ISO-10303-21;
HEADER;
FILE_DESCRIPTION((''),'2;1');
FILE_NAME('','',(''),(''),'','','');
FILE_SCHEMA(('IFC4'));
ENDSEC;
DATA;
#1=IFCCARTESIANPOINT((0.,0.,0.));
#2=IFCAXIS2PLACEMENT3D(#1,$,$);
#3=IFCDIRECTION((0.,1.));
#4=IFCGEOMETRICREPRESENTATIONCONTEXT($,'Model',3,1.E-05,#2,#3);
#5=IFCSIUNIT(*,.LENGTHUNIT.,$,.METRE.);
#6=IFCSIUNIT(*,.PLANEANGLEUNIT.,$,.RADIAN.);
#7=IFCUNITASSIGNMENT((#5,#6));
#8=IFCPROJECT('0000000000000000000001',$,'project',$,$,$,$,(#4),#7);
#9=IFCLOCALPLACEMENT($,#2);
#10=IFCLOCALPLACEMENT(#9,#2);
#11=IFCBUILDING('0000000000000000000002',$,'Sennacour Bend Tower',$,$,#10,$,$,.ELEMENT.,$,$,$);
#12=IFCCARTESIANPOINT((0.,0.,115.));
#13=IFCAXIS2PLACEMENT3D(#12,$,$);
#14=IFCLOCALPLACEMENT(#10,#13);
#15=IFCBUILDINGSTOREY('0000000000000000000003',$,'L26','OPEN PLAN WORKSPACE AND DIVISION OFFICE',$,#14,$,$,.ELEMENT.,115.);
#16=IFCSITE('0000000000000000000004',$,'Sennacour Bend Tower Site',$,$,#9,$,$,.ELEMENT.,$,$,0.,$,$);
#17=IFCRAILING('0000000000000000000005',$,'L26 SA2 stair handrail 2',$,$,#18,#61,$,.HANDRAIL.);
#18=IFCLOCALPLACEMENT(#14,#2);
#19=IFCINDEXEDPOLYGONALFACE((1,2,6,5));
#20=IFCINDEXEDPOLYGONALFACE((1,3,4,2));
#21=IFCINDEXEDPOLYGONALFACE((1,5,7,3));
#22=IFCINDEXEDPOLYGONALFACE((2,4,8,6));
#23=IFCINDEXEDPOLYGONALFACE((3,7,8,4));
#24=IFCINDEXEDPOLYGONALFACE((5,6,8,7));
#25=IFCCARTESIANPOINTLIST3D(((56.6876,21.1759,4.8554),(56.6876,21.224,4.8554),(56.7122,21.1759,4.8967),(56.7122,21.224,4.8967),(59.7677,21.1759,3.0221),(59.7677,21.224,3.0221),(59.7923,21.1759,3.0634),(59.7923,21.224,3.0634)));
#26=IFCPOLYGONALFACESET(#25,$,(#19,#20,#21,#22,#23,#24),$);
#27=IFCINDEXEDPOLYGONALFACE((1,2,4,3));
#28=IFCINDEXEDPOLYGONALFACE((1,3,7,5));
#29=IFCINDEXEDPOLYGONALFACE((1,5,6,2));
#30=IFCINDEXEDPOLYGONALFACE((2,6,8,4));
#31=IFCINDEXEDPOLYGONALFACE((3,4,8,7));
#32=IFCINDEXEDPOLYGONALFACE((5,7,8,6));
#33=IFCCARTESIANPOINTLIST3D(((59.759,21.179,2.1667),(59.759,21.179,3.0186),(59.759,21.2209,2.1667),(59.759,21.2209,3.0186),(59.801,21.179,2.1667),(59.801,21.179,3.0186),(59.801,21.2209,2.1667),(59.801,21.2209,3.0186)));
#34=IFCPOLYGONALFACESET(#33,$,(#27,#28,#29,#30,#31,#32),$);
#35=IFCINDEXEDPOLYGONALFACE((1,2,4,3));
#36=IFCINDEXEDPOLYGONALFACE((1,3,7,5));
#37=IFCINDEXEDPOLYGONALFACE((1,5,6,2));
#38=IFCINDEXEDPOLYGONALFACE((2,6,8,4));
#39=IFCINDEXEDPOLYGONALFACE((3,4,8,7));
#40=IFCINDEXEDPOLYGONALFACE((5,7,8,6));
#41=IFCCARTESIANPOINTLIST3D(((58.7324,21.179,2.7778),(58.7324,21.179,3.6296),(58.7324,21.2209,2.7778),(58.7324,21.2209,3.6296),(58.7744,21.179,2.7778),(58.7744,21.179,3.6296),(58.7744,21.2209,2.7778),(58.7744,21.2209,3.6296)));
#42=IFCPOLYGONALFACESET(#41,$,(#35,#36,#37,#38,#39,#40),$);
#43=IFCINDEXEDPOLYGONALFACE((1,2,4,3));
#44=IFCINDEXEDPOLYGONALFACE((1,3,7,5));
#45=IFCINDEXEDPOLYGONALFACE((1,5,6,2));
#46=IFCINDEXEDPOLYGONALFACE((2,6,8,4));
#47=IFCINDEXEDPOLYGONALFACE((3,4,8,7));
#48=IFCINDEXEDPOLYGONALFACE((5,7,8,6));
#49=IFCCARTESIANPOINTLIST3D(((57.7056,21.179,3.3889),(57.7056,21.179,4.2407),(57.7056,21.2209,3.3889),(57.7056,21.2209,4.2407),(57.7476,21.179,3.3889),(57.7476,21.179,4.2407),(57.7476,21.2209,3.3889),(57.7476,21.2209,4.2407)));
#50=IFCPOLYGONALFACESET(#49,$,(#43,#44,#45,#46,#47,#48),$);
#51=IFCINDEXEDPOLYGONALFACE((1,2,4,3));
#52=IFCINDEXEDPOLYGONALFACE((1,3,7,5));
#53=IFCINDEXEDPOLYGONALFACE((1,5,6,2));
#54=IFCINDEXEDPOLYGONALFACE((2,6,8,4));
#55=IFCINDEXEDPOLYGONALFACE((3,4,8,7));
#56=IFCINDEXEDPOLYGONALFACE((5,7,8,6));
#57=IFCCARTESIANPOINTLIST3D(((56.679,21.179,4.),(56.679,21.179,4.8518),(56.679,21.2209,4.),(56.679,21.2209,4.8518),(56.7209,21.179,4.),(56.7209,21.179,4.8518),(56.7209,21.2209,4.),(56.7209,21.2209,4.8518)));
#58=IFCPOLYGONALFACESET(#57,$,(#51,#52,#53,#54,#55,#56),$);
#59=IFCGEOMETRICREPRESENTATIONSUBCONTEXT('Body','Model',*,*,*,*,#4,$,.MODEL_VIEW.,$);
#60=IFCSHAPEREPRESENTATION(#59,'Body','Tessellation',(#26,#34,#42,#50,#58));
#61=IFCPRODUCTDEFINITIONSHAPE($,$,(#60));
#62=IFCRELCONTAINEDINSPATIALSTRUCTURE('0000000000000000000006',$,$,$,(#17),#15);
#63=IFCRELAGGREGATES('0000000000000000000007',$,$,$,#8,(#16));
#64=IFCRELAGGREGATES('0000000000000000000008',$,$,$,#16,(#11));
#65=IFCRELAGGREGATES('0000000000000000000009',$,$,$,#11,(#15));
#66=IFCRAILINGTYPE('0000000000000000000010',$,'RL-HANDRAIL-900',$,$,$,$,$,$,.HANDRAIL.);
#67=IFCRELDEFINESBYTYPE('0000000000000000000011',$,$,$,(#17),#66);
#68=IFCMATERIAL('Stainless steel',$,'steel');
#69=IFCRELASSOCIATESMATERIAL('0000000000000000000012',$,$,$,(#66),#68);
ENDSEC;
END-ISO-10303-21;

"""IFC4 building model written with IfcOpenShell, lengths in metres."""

from ifc_helpers import new_model, si_unit, direction, frame, origin, origin_2d, place, context, subcontext, project, spatial, rectangle, extrude, material, type_object, element, save


model = new_model("IFC4")

# Units and contexts
model_context = context("Model", 3, precision=1e-05, world=origin(), true_north=direction((0.0, 1.0)))
body_context = subcontext(model_context, "Body", "Model", "MODEL_VIEW")
ifc_project = project(units=[si_unit("LENGTHUNIT", "METRE"), si_unit("PLANEANGLEUNIT", "RADIAN")], contexts=[model_context])

# Site, building, storey
site_placement = place(None, origin())
site = spatial("IfcSite", under=ifc_project, at=site_placement, Name="Sennacour Bend Tower Site", CompositionType="ELEMENT", RefElevation=0.0)
building_placement = place(site_placement, origin())
building = spatial("IfcBuilding", under=site, at=building_placement, Name="Sennacour Bend Tower", CompositionType="ELEMENT")
storey_placement = place(building_placement, frame((0.0, 0.0, 115.0)))
storey = spatial("IfcBuildingStorey", under=building, at=storey_placement, Name="L26", Description="OPEN PLAN WORKSPACE AND DIVISION OFFICE", CompositionType="ELEMENT", Elevation=115.0)

# Shared definitions
ifc_material_1 = material(Name="Stainless steel", Category="steel")

# Railing
railing_type_1 = type_object("IfcRailingType", Name="RL-HANDRAIL-900", PredefinedType="HANDRAIL", material=ifc_material_1)
railing_1_placement = place(storey_placement, frame((59.78, 21.2, 2.1667)))
element("IfcRailing", 1, at=railing_1_placement, inside=storey, type_object=railing_type_1, Name="L26 SA2 stair handrail 2", PredefinedType="HANDRAIL", context=body_context, shape_type="SweptSolid", body=[
    extrude(rectangle(XDim=0.0481, YDim=0.0481, at=origin_2d()), frame((0.0, 0.0, 0.876), z_axis=(-0.859309, 0.0, 0.511458), x_axis=(0.0, -1.0, 0.0)), (0.0, 0.0, 1.0), 3.5845),
    extrude(rectangle(XDim=0.042, YDim=0.042, at=origin_2d()), origin(), (0.0, 0.0, 1.0), 0.8518),
    extrude(rectangle(XDim=0.042, YDim=0.042, at=origin_2d()), frame((-1.0266, 0.0, 0.6111)), (0.0, 0.0, 1.0), 0.8518),
    extrude(rectangle(XDim=0.042, YDim=0.042, at=origin_2d()), frame((-2.0535, 0.0, 1.2222)), (0.0, 0.0, 1.0), 0.8518),
    extrude(rectangle(XDim=0.042, YDim=0.042, at=origin_2d()), frame((-3.0801, 0.0, 1.8333)), (0.0, 0.0, 1.0), 0.8518),
])

save(model, "model.ifc")
